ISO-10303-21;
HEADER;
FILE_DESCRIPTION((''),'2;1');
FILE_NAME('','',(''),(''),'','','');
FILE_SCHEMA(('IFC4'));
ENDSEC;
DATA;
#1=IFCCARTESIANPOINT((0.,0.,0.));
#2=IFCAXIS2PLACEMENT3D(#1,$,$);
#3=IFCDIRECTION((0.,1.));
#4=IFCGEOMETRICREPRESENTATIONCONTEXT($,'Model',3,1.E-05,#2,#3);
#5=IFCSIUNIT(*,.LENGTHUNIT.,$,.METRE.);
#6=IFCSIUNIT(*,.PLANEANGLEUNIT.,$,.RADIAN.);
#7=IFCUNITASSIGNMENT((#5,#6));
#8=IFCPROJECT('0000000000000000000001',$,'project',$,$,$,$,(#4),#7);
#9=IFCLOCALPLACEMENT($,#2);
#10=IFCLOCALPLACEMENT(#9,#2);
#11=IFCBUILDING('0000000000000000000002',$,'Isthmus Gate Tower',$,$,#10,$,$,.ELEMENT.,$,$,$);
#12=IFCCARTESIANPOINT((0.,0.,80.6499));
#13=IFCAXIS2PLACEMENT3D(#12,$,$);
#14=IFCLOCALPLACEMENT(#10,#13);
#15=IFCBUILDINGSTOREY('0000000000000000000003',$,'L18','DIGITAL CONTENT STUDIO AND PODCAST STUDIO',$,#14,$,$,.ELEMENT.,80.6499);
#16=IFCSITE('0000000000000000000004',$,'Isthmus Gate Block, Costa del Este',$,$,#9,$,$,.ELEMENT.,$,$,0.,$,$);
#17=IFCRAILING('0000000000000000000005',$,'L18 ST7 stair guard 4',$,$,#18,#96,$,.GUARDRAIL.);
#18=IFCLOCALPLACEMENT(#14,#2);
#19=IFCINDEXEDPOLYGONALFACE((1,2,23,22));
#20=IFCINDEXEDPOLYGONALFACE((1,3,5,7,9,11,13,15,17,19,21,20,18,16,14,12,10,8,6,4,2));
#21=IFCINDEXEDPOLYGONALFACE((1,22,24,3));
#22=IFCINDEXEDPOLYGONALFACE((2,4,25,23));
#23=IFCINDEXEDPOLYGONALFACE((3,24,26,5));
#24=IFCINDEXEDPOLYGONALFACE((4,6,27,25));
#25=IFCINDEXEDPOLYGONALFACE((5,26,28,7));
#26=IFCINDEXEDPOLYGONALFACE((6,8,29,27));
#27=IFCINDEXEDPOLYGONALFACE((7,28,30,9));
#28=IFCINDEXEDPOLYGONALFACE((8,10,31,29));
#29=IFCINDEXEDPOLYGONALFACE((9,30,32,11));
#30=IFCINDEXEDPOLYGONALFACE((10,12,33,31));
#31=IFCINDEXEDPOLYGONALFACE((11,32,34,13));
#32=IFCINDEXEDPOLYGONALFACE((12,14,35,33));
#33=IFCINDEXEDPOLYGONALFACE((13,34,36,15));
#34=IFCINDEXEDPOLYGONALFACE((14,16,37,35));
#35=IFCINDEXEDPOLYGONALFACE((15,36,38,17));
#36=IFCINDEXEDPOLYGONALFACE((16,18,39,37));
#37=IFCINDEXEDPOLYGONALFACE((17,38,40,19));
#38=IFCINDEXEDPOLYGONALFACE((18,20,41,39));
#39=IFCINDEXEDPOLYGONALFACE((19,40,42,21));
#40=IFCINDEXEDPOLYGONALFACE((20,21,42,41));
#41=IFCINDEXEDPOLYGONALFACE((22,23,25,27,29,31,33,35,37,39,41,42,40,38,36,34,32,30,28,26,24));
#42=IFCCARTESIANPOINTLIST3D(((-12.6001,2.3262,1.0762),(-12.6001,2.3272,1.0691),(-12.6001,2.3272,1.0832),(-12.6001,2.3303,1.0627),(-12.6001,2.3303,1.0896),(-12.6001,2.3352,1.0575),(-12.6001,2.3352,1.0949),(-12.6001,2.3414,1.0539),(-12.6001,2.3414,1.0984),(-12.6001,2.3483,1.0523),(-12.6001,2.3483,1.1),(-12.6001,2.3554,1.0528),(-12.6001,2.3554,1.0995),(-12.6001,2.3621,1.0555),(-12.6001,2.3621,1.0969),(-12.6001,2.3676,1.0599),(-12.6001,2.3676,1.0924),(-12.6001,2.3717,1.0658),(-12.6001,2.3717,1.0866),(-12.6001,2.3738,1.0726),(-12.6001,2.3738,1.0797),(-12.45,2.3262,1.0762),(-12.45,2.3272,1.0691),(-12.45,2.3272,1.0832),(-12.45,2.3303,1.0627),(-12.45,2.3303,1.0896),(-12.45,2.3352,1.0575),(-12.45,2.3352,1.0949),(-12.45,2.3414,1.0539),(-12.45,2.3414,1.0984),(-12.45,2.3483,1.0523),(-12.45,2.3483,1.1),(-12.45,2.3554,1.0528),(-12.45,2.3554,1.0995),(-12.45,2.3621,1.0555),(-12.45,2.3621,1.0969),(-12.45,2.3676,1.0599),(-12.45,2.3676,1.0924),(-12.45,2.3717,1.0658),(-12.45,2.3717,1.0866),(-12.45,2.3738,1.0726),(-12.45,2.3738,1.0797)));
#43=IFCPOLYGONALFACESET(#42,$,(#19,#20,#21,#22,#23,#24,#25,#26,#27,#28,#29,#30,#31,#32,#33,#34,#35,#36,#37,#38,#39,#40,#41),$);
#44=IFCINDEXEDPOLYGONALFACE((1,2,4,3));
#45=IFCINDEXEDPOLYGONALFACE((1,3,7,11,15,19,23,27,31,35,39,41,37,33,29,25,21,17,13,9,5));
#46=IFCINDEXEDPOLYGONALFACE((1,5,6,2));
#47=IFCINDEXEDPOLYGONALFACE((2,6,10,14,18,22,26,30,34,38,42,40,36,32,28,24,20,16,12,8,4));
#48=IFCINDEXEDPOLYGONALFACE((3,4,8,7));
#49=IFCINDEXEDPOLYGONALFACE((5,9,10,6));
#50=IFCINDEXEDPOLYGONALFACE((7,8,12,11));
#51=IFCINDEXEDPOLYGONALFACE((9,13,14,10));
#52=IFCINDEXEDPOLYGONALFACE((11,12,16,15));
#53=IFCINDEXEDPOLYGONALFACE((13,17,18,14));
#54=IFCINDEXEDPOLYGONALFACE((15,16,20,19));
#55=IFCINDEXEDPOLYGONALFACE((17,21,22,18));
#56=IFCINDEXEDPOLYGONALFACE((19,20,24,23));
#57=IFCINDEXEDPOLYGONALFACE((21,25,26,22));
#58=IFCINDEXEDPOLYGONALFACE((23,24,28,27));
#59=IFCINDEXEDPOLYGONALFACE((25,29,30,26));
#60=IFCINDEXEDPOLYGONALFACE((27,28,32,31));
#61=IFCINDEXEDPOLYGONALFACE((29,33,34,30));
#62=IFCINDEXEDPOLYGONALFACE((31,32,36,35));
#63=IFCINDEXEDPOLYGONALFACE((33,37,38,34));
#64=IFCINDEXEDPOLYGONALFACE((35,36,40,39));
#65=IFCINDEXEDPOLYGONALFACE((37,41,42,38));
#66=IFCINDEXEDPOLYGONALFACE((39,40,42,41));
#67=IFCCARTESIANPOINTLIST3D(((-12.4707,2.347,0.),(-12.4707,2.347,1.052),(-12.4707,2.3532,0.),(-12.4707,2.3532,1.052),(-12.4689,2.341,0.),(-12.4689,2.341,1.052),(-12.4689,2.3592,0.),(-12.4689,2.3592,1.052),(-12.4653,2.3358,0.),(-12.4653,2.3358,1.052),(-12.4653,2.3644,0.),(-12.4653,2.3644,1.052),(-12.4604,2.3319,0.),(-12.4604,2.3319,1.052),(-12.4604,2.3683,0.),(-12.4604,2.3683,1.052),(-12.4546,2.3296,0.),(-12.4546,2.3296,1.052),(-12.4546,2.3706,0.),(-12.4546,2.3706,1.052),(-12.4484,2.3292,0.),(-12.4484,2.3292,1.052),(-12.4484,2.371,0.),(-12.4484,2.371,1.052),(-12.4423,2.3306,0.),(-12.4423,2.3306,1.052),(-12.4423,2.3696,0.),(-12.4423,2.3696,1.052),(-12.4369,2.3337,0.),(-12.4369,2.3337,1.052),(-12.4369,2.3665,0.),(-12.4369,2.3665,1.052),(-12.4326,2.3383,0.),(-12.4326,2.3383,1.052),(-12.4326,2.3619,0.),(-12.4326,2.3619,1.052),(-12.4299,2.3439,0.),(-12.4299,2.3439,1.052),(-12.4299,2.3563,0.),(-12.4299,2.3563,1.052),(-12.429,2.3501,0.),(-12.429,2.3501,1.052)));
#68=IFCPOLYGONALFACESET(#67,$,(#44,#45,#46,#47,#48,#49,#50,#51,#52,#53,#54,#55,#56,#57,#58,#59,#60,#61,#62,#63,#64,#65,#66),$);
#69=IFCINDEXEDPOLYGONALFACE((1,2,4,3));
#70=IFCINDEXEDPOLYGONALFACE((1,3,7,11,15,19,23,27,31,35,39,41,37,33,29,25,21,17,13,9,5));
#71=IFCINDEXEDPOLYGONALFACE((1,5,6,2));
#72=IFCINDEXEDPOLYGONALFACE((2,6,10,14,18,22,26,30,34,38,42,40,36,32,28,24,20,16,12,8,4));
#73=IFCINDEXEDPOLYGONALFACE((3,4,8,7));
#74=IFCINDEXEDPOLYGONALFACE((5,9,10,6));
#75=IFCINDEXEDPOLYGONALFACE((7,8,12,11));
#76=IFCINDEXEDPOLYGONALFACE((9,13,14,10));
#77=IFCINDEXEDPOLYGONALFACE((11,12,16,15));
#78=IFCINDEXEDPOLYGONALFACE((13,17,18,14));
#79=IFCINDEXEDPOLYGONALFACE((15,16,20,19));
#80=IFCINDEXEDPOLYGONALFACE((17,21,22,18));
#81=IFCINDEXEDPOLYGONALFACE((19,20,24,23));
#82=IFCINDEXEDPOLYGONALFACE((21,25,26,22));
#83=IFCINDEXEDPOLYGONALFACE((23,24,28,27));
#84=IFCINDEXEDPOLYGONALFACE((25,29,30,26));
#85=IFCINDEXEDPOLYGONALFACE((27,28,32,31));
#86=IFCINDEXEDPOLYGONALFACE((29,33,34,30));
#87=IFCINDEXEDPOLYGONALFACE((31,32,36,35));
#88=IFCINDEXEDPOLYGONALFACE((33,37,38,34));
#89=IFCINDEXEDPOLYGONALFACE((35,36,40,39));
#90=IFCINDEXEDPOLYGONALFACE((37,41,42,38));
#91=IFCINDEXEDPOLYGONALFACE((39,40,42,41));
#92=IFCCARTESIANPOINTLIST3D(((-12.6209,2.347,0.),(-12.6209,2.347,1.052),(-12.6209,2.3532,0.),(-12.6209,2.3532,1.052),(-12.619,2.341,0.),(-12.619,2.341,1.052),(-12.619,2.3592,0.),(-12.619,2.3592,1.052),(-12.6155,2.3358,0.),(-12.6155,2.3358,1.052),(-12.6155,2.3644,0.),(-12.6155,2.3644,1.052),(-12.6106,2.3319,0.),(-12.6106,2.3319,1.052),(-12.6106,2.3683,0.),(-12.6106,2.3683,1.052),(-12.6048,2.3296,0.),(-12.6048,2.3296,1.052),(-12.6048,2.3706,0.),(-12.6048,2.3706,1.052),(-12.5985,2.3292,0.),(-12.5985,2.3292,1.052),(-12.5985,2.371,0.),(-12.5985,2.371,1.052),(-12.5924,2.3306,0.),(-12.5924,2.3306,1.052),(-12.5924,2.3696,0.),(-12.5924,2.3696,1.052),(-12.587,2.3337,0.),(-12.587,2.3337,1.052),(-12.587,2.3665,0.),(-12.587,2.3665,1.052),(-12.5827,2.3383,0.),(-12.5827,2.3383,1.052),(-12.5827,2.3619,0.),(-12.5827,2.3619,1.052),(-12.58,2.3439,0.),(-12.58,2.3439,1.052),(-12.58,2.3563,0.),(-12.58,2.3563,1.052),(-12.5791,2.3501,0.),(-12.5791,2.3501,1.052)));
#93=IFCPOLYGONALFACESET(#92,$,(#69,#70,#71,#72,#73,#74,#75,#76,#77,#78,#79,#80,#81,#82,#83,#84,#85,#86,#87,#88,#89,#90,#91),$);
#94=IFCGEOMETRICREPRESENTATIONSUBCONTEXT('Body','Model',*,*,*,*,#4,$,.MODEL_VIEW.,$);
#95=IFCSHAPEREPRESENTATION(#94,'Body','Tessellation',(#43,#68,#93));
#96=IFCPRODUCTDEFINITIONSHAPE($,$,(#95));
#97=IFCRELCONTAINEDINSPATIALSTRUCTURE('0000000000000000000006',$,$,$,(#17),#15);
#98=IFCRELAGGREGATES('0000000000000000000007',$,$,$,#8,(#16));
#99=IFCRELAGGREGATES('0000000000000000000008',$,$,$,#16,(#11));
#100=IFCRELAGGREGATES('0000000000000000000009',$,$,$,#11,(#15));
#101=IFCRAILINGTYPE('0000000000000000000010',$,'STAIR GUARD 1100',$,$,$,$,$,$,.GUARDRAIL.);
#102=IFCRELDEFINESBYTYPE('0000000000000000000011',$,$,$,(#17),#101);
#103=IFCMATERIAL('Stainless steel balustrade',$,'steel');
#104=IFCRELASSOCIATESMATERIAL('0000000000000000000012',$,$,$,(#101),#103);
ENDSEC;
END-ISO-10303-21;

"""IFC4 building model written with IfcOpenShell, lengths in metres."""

from ifc_helpers import new_model, si_unit, direction, frame, origin, origin_2d, place, context, subcontext, project, spatial, circle, extrude, material, type_object, element, save


model = new_model("IFC4")

# Units and contexts
model_context = context("Model", 3, precision=1e-05, world=origin(), true_north=direction((0.0, 1.0)))
body_context = subcontext(model_context, "Body", "Model", "MODEL_VIEW")
ifc_project = project(units=[si_unit("LENGTHUNIT", "METRE"), si_unit("PLANEANGLEUNIT", "RADIAN")], contexts=[model_context])

# Site, building, storey
site_placement = place(None, origin())
site = spatial("IfcSite", under=ifc_project, at=site_placement, Name="Isthmus Gate Block, Costa del Este", CompositionType="ELEMENT", RefElevation=0.0)
building_placement = place(site_placement, origin())
building = spatial("IfcBuilding", under=site, at=building_placement, Name="Isthmus Gate Tower", CompositionType="ELEMENT")
storey_placement = place(building_placement, frame((0.0, 0.0, 80.6499)))
storey = spatial("IfcBuildingStorey", under=building, at=storey_placement, Name="L18", Description="DIGITAL CONTENT STUDIO AND PODCAST STUDIO", CompositionType="ELEMENT", Elevation=80.6499)

# Railing
ifc_material_1 = material(Name="Stainless steel balustrade", Category="steel")
railing_type_1 = type_object("IfcRailingType", Name="STAIR GUARD 1100", PredefinedType="GUARDRAIL", material=ifc_material_1)
railing_1_placement = place(storey_placement, frame((-12.45, 2.3501, 0.0)))
element("IfcRailing", 1, at=railing_1_placement, inside=storey, type_object=railing_type_1, Name="L18 ST7 stair guard 4", PredefinedType="GUARDRAIL", context=body_context, shape_type="SweptSolid", body=[
    extrude(circle(Radius=0.0239, at=origin_2d()), frame((0.0, 0.0, 1.0762), z_axis=(-1.0, 0.0, 0.0), x_axis=(0.0, -1.0, 0.0)), (0.0, 0.0, 1.0), 0.1501),
    extrude(circle(Radius=0.021, at=origin_2d()), origin(), (0.0, 0.0, 1.0), 1.052),
    extrude(circle(Radius=0.021, at=origin_2d()), frame((-0.1501, 0.0, 0.0)), (0.0, 0.0, 1.0), 1.052),
])

save(model, "model.ifc")
